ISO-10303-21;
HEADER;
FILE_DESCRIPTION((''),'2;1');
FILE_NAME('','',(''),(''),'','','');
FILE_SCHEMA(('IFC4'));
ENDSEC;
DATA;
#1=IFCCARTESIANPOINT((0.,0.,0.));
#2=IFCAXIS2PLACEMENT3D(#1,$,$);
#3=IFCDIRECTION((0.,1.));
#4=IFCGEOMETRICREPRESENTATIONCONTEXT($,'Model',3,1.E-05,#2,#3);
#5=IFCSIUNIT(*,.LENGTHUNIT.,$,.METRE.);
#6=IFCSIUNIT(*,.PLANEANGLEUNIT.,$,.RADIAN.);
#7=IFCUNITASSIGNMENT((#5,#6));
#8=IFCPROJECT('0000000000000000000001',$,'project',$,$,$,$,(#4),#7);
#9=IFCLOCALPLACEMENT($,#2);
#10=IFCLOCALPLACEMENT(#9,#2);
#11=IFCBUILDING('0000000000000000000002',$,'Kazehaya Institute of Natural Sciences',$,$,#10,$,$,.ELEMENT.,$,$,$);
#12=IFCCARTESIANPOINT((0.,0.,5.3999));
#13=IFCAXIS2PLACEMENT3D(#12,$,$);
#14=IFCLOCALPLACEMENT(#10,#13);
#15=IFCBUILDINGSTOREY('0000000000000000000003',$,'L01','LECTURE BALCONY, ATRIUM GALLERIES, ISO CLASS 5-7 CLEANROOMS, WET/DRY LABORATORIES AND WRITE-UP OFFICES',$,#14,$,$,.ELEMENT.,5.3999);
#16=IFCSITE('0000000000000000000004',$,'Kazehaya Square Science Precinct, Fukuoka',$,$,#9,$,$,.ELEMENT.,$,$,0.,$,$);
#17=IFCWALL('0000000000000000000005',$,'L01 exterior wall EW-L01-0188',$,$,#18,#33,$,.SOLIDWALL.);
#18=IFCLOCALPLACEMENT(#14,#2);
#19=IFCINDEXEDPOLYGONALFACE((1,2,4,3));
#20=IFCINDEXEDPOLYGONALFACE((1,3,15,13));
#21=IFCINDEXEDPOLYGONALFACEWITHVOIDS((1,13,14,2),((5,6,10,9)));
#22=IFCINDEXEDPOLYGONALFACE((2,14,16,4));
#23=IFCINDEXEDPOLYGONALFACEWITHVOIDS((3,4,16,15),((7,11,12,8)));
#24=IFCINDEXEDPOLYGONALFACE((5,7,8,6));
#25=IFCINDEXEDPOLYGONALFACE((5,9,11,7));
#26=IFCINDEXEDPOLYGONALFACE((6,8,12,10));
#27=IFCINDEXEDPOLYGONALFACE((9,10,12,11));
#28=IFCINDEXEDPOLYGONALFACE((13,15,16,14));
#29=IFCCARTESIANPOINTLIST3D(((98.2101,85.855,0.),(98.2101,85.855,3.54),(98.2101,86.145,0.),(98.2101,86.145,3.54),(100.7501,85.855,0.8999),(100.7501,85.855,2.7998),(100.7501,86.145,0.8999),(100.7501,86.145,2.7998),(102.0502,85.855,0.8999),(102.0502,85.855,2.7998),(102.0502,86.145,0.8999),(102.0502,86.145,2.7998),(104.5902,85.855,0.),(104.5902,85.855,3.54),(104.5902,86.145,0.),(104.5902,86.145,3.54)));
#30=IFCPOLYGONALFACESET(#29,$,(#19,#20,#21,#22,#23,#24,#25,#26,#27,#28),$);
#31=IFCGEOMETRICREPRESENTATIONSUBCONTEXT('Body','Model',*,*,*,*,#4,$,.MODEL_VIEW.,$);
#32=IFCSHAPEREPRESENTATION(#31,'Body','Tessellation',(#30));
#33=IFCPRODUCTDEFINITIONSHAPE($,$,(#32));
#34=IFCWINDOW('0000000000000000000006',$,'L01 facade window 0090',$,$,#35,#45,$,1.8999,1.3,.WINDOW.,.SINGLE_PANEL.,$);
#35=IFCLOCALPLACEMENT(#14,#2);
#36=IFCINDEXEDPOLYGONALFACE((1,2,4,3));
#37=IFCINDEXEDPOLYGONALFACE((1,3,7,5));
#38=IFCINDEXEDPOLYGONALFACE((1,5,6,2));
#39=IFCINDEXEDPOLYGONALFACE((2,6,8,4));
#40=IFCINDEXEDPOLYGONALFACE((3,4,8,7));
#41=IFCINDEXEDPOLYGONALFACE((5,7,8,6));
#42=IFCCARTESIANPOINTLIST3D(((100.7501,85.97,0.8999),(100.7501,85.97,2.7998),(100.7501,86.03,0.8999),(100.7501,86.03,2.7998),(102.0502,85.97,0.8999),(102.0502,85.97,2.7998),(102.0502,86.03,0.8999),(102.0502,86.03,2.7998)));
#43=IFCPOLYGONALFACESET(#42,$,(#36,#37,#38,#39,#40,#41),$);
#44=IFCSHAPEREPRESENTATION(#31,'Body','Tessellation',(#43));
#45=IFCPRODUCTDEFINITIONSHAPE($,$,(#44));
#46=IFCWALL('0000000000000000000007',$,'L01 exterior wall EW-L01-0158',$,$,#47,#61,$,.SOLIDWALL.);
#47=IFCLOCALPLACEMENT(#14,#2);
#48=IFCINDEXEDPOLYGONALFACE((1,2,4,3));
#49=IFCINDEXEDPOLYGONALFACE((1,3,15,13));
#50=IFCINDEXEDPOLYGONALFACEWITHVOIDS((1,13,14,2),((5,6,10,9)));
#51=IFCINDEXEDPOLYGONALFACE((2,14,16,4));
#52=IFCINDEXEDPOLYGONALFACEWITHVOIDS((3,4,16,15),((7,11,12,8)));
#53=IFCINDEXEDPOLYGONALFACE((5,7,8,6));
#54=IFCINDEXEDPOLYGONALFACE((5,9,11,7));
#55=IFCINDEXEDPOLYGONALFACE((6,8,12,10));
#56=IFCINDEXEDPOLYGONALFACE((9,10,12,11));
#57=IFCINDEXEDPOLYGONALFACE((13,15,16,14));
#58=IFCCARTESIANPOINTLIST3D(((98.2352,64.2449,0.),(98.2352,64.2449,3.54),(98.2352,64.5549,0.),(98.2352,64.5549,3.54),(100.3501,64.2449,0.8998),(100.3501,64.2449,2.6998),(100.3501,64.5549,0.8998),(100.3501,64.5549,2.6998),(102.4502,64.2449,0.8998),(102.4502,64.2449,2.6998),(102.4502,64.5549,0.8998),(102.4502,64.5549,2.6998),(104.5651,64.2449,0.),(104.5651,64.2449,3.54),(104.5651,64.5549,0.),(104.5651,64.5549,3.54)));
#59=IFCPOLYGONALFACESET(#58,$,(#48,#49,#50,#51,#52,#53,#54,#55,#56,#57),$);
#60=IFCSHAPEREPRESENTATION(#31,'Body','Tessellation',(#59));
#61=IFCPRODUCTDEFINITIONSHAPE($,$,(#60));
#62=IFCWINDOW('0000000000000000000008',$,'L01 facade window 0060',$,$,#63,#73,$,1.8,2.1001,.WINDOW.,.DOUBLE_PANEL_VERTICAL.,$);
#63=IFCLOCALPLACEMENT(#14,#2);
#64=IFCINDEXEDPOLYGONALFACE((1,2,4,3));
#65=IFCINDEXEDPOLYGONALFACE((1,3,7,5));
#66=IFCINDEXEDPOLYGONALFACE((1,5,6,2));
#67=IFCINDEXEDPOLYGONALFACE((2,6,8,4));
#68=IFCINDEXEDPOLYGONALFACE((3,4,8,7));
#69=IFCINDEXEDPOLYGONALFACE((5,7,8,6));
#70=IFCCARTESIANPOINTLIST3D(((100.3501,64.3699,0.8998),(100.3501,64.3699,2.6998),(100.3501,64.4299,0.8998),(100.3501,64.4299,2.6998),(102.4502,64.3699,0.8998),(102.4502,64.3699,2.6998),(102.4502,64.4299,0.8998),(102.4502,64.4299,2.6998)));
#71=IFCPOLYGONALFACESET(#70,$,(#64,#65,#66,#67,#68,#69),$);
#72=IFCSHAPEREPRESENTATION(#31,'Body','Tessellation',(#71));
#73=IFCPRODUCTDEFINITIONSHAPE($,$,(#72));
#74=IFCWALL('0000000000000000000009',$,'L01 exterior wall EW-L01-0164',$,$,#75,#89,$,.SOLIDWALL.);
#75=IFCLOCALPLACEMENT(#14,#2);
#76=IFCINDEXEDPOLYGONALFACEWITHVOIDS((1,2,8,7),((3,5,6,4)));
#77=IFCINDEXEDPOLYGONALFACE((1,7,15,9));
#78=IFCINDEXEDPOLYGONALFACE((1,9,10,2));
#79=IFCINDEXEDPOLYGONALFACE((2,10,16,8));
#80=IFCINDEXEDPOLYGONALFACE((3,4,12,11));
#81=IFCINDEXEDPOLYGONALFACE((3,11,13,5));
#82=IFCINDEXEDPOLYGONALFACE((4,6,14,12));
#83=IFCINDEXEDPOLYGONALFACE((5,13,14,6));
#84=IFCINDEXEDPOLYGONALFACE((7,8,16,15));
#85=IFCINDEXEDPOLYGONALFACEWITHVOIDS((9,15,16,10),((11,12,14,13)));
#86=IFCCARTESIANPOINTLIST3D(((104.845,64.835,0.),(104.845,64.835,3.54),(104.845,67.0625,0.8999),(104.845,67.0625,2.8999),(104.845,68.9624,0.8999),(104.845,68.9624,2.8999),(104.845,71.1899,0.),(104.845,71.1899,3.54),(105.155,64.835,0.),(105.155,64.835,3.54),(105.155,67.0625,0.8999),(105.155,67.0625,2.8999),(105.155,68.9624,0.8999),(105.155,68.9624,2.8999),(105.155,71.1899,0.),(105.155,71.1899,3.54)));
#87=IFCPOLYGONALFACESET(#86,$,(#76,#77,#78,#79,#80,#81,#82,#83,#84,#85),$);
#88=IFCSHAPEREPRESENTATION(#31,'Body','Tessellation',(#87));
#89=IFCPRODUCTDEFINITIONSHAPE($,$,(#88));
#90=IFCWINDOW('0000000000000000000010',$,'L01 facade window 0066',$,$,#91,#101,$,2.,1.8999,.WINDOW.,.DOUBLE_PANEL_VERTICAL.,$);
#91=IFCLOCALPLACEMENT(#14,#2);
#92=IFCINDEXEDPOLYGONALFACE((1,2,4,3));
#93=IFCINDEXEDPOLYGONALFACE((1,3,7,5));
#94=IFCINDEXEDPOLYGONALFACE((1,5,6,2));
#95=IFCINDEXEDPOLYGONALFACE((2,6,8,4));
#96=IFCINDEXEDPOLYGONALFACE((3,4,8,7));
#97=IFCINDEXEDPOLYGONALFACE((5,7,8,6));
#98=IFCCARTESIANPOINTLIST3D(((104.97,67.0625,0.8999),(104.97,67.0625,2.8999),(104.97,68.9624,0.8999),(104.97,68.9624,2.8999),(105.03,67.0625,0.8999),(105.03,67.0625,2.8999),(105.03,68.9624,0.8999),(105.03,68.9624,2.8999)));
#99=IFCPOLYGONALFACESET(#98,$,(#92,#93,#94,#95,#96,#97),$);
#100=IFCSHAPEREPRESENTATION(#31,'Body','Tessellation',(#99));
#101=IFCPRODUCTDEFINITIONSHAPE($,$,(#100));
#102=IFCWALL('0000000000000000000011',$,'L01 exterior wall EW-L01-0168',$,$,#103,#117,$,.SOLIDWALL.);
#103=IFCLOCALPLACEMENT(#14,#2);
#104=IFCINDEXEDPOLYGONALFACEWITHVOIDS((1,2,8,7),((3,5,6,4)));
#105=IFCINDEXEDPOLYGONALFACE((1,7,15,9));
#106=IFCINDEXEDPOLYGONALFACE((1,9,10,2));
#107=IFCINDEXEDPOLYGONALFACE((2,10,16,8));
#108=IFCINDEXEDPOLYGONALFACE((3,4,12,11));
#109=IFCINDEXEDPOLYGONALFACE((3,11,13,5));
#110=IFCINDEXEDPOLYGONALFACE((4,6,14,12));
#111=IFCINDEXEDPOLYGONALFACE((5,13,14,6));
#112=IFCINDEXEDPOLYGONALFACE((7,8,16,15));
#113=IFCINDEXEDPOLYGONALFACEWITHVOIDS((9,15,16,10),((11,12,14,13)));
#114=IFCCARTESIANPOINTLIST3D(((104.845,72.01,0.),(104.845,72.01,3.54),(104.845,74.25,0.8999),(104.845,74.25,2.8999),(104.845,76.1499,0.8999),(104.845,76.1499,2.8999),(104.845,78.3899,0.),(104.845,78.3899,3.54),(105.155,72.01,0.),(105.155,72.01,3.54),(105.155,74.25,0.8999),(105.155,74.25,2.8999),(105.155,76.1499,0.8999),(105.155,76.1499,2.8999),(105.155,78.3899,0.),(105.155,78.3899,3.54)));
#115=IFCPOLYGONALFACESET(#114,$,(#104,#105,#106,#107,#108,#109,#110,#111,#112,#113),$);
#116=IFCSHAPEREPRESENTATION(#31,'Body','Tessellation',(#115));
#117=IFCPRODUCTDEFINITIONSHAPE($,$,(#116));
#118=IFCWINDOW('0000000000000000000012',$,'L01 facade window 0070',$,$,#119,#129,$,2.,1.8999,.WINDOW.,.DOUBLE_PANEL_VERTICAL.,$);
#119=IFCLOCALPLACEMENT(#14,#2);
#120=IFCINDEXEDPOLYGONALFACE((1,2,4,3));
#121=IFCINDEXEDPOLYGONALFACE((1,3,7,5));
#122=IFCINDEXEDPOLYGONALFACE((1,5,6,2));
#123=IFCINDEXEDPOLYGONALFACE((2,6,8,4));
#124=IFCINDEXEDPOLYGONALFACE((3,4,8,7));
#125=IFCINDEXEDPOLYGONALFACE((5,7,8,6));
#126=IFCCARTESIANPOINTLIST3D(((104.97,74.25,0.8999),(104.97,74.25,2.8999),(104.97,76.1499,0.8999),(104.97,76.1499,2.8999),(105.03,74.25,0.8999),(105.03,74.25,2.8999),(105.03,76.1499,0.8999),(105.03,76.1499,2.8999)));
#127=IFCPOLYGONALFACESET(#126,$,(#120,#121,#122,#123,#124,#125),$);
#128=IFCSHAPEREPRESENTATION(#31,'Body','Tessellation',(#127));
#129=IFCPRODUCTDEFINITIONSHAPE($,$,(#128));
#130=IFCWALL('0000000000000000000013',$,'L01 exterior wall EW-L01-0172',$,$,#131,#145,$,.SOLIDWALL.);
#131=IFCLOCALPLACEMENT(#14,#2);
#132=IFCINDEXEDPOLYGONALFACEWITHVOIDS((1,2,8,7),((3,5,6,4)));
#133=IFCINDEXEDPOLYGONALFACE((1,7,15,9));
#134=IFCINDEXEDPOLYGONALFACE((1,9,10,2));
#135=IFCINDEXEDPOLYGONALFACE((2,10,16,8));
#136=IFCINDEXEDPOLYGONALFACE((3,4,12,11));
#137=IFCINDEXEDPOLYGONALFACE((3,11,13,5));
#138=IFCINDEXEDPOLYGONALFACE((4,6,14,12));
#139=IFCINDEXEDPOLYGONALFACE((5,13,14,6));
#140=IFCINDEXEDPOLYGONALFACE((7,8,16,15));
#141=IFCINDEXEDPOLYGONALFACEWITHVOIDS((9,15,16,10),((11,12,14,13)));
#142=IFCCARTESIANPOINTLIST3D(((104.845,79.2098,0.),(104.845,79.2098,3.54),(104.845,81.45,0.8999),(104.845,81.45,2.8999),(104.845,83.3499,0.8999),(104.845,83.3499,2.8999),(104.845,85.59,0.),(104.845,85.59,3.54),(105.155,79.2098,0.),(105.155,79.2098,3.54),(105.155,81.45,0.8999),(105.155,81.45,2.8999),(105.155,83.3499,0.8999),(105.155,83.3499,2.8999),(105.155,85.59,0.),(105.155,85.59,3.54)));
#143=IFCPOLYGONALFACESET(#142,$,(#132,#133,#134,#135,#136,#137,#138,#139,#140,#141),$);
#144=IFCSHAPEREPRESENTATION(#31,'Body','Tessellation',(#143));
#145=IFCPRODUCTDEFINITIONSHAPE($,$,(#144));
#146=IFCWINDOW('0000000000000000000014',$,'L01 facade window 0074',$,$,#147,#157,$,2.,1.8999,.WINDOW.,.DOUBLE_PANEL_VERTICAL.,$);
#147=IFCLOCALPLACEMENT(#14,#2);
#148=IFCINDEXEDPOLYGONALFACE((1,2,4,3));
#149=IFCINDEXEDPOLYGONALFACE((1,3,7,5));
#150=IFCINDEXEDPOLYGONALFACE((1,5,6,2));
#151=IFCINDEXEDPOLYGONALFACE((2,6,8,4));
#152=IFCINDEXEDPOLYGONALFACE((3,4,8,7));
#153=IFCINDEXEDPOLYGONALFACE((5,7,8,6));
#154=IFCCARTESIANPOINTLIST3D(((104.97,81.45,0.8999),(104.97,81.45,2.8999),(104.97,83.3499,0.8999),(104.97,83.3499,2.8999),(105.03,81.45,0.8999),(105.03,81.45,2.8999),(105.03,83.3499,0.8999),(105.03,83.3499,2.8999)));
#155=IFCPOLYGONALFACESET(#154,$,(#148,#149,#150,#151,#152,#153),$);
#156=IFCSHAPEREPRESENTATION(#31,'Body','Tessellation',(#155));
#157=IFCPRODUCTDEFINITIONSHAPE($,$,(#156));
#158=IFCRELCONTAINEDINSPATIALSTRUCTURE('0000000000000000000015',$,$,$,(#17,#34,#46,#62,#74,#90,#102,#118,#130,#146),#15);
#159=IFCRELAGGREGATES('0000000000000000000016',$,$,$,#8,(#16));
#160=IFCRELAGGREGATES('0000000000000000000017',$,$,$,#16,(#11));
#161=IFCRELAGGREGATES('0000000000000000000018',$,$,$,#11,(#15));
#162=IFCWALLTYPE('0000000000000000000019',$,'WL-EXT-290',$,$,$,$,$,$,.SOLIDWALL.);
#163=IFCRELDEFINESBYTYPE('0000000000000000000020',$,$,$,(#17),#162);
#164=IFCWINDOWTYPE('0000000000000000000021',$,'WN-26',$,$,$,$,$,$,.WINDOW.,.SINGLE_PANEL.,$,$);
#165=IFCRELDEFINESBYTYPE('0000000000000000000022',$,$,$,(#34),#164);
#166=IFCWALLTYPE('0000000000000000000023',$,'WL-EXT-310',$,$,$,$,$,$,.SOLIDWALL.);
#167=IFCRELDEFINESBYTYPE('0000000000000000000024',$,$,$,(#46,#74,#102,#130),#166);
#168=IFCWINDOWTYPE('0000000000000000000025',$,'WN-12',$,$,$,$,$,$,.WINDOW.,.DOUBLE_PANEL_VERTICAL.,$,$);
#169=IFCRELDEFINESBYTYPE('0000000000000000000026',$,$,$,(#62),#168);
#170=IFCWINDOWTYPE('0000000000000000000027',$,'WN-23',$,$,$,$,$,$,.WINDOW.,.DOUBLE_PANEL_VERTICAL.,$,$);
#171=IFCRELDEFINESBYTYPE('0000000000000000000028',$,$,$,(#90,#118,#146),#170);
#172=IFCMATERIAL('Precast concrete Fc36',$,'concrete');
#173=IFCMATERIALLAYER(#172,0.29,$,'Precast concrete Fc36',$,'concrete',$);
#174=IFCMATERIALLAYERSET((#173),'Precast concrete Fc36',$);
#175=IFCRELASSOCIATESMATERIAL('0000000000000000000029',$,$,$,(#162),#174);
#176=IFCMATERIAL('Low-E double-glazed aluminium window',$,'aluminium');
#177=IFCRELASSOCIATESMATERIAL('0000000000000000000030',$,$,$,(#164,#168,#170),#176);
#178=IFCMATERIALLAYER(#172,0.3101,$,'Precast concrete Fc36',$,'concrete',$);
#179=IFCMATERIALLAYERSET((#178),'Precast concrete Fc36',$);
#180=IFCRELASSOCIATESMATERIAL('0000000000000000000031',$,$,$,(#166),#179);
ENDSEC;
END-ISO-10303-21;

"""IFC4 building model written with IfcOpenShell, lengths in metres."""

from ifc_helpers import new_model, si_unit, direction, frame, frame_2d, origin, place, context, subcontext, project, spatial, rectangle, extrude, material, layer, layer_set, type_object, element, fill, save


model = new_model("IFC4")

# Units and contexts
model_context = context("Model", 3, precision=1e-05, world=origin(), true_north=direction((0.0, 1.0)))
body_context = subcontext(model_context, "Body", "Model", "MODEL_VIEW")
ifc_project = project(units=[si_unit("LENGTHUNIT", "METRE"), si_unit("PLANEANGLEUNIT", "RADIAN")], contexts=[model_context])

# Site, building, storey
site_placement = place(None, origin())
site = spatial("IfcSite", under=ifc_project, at=site_placement, Name="Kazehaya Square Science Precinct, Fukuoka", CompositionType="ELEMENT", RefElevation=0.0)
building_placement = place(site_placement, origin())
building = spatial("IfcBuilding", under=site, at=building_placement, Name="Kazehaya Institute of Natural Sciences", CompositionType="ELEMENT")
storey_placement = place(building_placement, frame((0.0, 0.0, 5.3999)))
storey = spatial("IfcBuildingStorey", under=building, at=storey_placement, Name="L01", Description="LECTURE BALCONY, ATRIUM GALLERIES, ISO CLASS 5-7 CLEANROOMS, WET/DRY LABORATORIES AND WRITE-UP OFFICES", CompositionType="ELEMENT", Elevation=5.3999)

# Walls, openings, windows
ifc_material_1 = material(Name="Precast concrete Fc36", Category="concrete")
ifc_layer_1 = layer(ifc_material_1, 0.29, Name="Precast concrete Fc36", Category="concrete")
ifc_layer_set_1 = layer_set([ifc_layer_1], Name="Precast concrete Fc36")
wall_type_1 = type_object("IfcWallType", Name="WL-EXT-290", PredefinedType="SOLIDWALL", material=ifc_layer_set_1)
wall_1_placement = place(storey_placement, frame((104.5901, 86.0, 0.0), z_axis=(0.0, 0.0, 1.0), x_axis=(-1.0, 0.0, 0.0)))
wall_1 = element("IfcWall", 1, at=wall_1_placement, inside=storey, type_object=wall_type_1, Name="L01 exterior wall EW-L01-0188", PredefinedType="SOLIDWALL", context=body_context, shape_type="SweptSolid", body=[
    extrude(rectangle(XDim=6.3801, YDim=0.29, at=frame_2d((3.1899, 0.0))), origin(), (0.0, 0.0, 1.0), 3.54),
])
opening_1_placement = place(wall_1_placement, frame((2.54, 0.0, 0.8999)))
opening_1 = element("IfcOpeningElement", 2, at=opening_1_placement, cuts=wall_1, PredefinedType="OPENING", context=body_context, shape_type="SweptSolid", body=[
    extrude(rectangle(XDim=1.3, YDim=1.8999, at=frame_2d((0.6499, 0.95))), frame((0.0, 0.155, 0.0), z_axis=(0.0, -1.0, 0.0), x_axis=(1.0, 0.0, 0.0)), (0.0, 0.0, 1.0), 0.3101),
])
ifc_material_2 = material(Name="Low-E double-glazed aluminium window", Category="aluminium")
window_type_1 = type_object("IfcWindowType", Name="WN-26", PartitioningType="SINGLE_PANEL", PredefinedType="WINDOW", material=ifc_material_2)
window_1_placement = place(opening_1_placement, origin())
window_1 = element("IfcWindow", 3, at=window_1_placement, inside=storey, type_object=window_type_1, Name="L01 facade window 0090", OverallHeight=1.8999, OverallWidth=1.3, PartitioningType="SINGLE_PANEL", PredefinedType="WINDOW", context=body_context, shape_type="SweptSolid", body=[
    extrude(rectangle(XDim=1.3, YDim=1.8999, at=frame_2d((0.6499, 0.95))), frame((0.0, 0.03, 0.0), z_axis=(0.0, -1.0, 0.0), x_axis=(1.0, 0.0, 0.0)), (0.0, 0.0, 1.0), 0.0601),
])
fill(opening_1, window_1)
ifc_layer_2 = layer(ifc_material_1, 0.3101, Name="Precast concrete Fc36", Category="concrete")
ifc_layer_set_2 = layer_set([ifc_layer_2], Name="Precast concrete Fc36")
wall_type_2 = type_object("IfcWallType", Name="WL-EXT-310", PredefinedType="SOLIDWALL", material=ifc_layer_set_2)
wall_2_placement = place(storey_placement, frame((98.2351, 64.3999, 0.0), z_axis=(0.0, 0.0, 1.0), x_axis=(1.0, 0.0, 0.0)))
wall_2 = element("IfcWall", 4, at=wall_2_placement, inside=storey, type_object=wall_type_2, Name="L01 exterior wall EW-L01-0158", PredefinedType="SOLIDWALL", context=body_context, shape_type="SweptSolid", body=[
    extrude(rectangle(XDim=6.3298, YDim=0.3101, at=frame_2d((3.165, 0.0))), origin(), (0.0, 0.0, 1.0), 3.54),
])
opening_2_placement = place(wall_2_placement, frame((2.115, 0.0, 0.8999)))
opening_2 = element("IfcOpeningElement", 5, at=opening_2_placement, cuts=wall_2, PredefinedType="OPENING", context=body_context, shape_type="SweptSolid", body=[
    extrude(rectangle(XDim=2.1001, YDim=1.8, at=frame_2d((1.05, 0.8999))), frame((0.0, 0.165, 0.0), z_axis=(0.0, -1.0, 0.0), x_axis=(1.0, 0.0, 0.0)), (0.0, 0.0, 1.0), 0.3301),
])
window_type_2 = type_object("IfcWindowType", Name="WN-12", PartitioningType="DOUBLE_PANEL_VERTICAL", PredefinedType="WINDOW", material=ifc_material_2)
window_2_placement = place(opening_2_placement, origin())
window_2 = element("IfcWindow", 6, at=window_2_placement, inside=storey, type_object=window_type_2, Name="L01 facade window 0060", OverallHeight=1.8, OverallWidth=2.1001, PartitioningType="DOUBLE_PANEL_VERTICAL", PredefinedType="WINDOW", context=body_context, shape_type="SweptSolid", body=[
    extrude(rectangle(XDim=2.1001, YDim=1.8, at=frame_2d((1.05, 0.8999))), frame((0.0, 0.03, 0.0), z_axis=(0.0, -1.0, 0.0), x_axis=(1.0, 0.0, 0.0)), (0.0, 0.0, 1.0), 0.0601),
])
fill(opening_2, window_2)
wall_3_placement = place(storey_placement, frame((105.0, 64.835, 0.0), z_axis=(0.0, 0.0, 1.0), x_axis=(0.0, 1.0, 0.0)))
wall_3 = element("IfcWall", 7, at=wall_3_placement, inside=storey, type_object=wall_type_2, Name="L01 exterior wall EW-L01-0164", PredefinedType="SOLIDWALL", context=body_context, shape_type="SweptSolid", body=[
    extrude(rectangle(XDim=6.355, YDim=0.3101, at=frame_2d((3.1775, 0.0))), origin(), (0.0, 0.0, 1.0), 3.54),
])
opening_3_placement = place(wall_3_placement, frame((2.2275, 0.0, 0.8999)))
opening_3 = element("IfcOpeningElement", 8, at=opening_3_placement, cuts=wall_3, PredefinedType="OPENING", context=body_context, shape_type="SweptSolid", body=[
    extrude(rectangle(XDim=1.8999, YDim=2.0, at=frame_2d((0.95, 1.0))), frame((0.0, 0.165, 0.0), z_axis=(0.0, -1.0, 0.0), x_axis=(1.0, 0.0, 0.0)), (0.0, 0.0, 1.0), 0.3301),
])
window_type_3 = type_object("IfcWindowType", Name="WN-23", PartitioningType="DOUBLE_PANEL_VERTICAL", PredefinedType="WINDOW", material=ifc_material_2)
window_3_placement = place(opening_3_placement, origin())
window_3 = element("IfcWindow", 9, at=window_3_placement, inside=storey, type_object=window_type_3, Name="L01 facade window 0066", OverallHeight=2.0, OverallWidth=1.8999, PartitioningType="DOUBLE_PANEL_VERTICAL", PredefinedType="WINDOW", context=body_context, shape_type="SweptSolid", body=[
    extrude(rectangle(XDim=1.8999, YDim=2.0, at=frame_2d((0.95, 1.0))), frame((0.0, 0.03, 0.0), z_axis=(0.0, -1.0, 0.0), x_axis=(1.0, 0.0, 0.0)), (0.0, 0.0, 1.0), 0.0601),
])
fill(opening_3, window_3)
wall_4_placement = place(storey_placement, frame((105.0, 72.01, 0.0), z_axis=(0.0, 0.0, 1.0), x_axis=(0.0, 1.0, 0.0)))
wall_4 = element("IfcWall", 10, at=wall_4_placement, inside=storey, type_object=wall_type_2, Name="L01 exterior wall EW-L01-0168", PredefinedType="SOLIDWALL", context=body_context, shape_type="SweptSolid", body=[
    extrude(rectangle(XDim=6.3799, YDim=0.3101, at=frame_2d((3.1899, 0.0))), origin(), (0.0, 0.0, 1.0), 3.54),
])
opening_4_placement = place(wall_4_placement, frame((2.24, 0.0, 0.8999)))
opening_4 = element("IfcOpeningElement", 11, at=opening_4_placement, cuts=wall_4, PredefinedType="OPENING", context=body_context, shape_type="SweptSolid", body=[
    extrude(rectangle(XDim=1.8999, YDim=2.0, at=frame_2d((0.95, 1.0))), frame((0.0, 0.165, 0.0), z_axis=(0.0, -1.0, 0.0), x_axis=(1.0, 0.0, 0.0)), (0.0, 0.0, 1.0), 0.3301),
])
window_4_placement = place(opening_4_placement, origin())
window_4 = element("IfcWindow", 12, at=window_4_placement, inside=storey, type_object=window_type_3, Name="L01 facade window 0070", OverallHeight=2.0, OverallWidth=1.8999, PartitioningType="DOUBLE_PANEL_VERTICAL", PredefinedType="WINDOW", context=body_context, shape_type="SweptSolid", body=[
    extrude(rectangle(XDim=1.8999, YDim=2.0, at=frame_2d((0.95, 1.0))), frame((0.0, 0.03, 0.0), z_axis=(0.0, -1.0, 0.0), x_axis=(1.0, 0.0, 0.0)), (0.0, 0.0, 1.0), 0.0601),
])
fill(opening_4, window_4)
wall_5_placement = place(storey_placement, frame((105.0, 79.21, 0.0), z_axis=(0.0, 0.0, 1.0), x_axis=(0.0, 1.0, 0.0)))
wall_5 = element("IfcWall", 13, at=wall_5_placement, inside=storey, type_object=wall_type_2, Name="L01 exterior wall EW-L01-0172", PredefinedType="SOLIDWALL", context=body_context, shape_type="SweptSolid", body=[
    extrude(rectangle(XDim=6.3801, YDim=0.3101, at=frame_2d((3.1899, 0.0))), origin(), (0.0, 0.0, 1.0), 3.54),
])
opening_5_placement = place(wall_5_placement, frame((2.24, 0.0, 0.8999)))
opening_5 = element("IfcOpeningElement", 14, at=opening_5_placement, cuts=wall_5, PredefinedType="OPENING", context=body_context, shape_type="SweptSolid", body=[
    extrude(rectangle(XDim=1.8999, YDim=2.0, at=frame_2d((0.95, 1.0))), frame((0.0, 0.165, 0.0), z_axis=(0.0, -1.0, 0.0), x_axis=(1.0, 0.0, 0.0)), (0.0, 0.0, 1.0), 0.3301),
])
window_5_placement = place(opening_5_placement, origin())
window_5 = element("IfcWindow", 15, at=window_5_placement, inside=storey, type_object=window_type_3, Name="L01 facade window 0074", OverallHeight=2.0, OverallWidth=1.8999, PartitioningType="DOUBLE_PANEL_VERTICAL", PredefinedType="WINDOW", context=body_context, shape_type="SweptSolid", body=[
    extrude(rectangle(XDim=1.8999, YDim=2.0, at=frame_2d((0.95, 1.0))), frame((0.0, 0.03, 0.0), z_axis=(0.0, -1.0, 0.0), x_axis=(1.0, 0.0, 0.0)), (0.0, 0.0, 1.0), 0.0601),
])
fill(opening_5, window_5)

save(model, "model.ifc")
